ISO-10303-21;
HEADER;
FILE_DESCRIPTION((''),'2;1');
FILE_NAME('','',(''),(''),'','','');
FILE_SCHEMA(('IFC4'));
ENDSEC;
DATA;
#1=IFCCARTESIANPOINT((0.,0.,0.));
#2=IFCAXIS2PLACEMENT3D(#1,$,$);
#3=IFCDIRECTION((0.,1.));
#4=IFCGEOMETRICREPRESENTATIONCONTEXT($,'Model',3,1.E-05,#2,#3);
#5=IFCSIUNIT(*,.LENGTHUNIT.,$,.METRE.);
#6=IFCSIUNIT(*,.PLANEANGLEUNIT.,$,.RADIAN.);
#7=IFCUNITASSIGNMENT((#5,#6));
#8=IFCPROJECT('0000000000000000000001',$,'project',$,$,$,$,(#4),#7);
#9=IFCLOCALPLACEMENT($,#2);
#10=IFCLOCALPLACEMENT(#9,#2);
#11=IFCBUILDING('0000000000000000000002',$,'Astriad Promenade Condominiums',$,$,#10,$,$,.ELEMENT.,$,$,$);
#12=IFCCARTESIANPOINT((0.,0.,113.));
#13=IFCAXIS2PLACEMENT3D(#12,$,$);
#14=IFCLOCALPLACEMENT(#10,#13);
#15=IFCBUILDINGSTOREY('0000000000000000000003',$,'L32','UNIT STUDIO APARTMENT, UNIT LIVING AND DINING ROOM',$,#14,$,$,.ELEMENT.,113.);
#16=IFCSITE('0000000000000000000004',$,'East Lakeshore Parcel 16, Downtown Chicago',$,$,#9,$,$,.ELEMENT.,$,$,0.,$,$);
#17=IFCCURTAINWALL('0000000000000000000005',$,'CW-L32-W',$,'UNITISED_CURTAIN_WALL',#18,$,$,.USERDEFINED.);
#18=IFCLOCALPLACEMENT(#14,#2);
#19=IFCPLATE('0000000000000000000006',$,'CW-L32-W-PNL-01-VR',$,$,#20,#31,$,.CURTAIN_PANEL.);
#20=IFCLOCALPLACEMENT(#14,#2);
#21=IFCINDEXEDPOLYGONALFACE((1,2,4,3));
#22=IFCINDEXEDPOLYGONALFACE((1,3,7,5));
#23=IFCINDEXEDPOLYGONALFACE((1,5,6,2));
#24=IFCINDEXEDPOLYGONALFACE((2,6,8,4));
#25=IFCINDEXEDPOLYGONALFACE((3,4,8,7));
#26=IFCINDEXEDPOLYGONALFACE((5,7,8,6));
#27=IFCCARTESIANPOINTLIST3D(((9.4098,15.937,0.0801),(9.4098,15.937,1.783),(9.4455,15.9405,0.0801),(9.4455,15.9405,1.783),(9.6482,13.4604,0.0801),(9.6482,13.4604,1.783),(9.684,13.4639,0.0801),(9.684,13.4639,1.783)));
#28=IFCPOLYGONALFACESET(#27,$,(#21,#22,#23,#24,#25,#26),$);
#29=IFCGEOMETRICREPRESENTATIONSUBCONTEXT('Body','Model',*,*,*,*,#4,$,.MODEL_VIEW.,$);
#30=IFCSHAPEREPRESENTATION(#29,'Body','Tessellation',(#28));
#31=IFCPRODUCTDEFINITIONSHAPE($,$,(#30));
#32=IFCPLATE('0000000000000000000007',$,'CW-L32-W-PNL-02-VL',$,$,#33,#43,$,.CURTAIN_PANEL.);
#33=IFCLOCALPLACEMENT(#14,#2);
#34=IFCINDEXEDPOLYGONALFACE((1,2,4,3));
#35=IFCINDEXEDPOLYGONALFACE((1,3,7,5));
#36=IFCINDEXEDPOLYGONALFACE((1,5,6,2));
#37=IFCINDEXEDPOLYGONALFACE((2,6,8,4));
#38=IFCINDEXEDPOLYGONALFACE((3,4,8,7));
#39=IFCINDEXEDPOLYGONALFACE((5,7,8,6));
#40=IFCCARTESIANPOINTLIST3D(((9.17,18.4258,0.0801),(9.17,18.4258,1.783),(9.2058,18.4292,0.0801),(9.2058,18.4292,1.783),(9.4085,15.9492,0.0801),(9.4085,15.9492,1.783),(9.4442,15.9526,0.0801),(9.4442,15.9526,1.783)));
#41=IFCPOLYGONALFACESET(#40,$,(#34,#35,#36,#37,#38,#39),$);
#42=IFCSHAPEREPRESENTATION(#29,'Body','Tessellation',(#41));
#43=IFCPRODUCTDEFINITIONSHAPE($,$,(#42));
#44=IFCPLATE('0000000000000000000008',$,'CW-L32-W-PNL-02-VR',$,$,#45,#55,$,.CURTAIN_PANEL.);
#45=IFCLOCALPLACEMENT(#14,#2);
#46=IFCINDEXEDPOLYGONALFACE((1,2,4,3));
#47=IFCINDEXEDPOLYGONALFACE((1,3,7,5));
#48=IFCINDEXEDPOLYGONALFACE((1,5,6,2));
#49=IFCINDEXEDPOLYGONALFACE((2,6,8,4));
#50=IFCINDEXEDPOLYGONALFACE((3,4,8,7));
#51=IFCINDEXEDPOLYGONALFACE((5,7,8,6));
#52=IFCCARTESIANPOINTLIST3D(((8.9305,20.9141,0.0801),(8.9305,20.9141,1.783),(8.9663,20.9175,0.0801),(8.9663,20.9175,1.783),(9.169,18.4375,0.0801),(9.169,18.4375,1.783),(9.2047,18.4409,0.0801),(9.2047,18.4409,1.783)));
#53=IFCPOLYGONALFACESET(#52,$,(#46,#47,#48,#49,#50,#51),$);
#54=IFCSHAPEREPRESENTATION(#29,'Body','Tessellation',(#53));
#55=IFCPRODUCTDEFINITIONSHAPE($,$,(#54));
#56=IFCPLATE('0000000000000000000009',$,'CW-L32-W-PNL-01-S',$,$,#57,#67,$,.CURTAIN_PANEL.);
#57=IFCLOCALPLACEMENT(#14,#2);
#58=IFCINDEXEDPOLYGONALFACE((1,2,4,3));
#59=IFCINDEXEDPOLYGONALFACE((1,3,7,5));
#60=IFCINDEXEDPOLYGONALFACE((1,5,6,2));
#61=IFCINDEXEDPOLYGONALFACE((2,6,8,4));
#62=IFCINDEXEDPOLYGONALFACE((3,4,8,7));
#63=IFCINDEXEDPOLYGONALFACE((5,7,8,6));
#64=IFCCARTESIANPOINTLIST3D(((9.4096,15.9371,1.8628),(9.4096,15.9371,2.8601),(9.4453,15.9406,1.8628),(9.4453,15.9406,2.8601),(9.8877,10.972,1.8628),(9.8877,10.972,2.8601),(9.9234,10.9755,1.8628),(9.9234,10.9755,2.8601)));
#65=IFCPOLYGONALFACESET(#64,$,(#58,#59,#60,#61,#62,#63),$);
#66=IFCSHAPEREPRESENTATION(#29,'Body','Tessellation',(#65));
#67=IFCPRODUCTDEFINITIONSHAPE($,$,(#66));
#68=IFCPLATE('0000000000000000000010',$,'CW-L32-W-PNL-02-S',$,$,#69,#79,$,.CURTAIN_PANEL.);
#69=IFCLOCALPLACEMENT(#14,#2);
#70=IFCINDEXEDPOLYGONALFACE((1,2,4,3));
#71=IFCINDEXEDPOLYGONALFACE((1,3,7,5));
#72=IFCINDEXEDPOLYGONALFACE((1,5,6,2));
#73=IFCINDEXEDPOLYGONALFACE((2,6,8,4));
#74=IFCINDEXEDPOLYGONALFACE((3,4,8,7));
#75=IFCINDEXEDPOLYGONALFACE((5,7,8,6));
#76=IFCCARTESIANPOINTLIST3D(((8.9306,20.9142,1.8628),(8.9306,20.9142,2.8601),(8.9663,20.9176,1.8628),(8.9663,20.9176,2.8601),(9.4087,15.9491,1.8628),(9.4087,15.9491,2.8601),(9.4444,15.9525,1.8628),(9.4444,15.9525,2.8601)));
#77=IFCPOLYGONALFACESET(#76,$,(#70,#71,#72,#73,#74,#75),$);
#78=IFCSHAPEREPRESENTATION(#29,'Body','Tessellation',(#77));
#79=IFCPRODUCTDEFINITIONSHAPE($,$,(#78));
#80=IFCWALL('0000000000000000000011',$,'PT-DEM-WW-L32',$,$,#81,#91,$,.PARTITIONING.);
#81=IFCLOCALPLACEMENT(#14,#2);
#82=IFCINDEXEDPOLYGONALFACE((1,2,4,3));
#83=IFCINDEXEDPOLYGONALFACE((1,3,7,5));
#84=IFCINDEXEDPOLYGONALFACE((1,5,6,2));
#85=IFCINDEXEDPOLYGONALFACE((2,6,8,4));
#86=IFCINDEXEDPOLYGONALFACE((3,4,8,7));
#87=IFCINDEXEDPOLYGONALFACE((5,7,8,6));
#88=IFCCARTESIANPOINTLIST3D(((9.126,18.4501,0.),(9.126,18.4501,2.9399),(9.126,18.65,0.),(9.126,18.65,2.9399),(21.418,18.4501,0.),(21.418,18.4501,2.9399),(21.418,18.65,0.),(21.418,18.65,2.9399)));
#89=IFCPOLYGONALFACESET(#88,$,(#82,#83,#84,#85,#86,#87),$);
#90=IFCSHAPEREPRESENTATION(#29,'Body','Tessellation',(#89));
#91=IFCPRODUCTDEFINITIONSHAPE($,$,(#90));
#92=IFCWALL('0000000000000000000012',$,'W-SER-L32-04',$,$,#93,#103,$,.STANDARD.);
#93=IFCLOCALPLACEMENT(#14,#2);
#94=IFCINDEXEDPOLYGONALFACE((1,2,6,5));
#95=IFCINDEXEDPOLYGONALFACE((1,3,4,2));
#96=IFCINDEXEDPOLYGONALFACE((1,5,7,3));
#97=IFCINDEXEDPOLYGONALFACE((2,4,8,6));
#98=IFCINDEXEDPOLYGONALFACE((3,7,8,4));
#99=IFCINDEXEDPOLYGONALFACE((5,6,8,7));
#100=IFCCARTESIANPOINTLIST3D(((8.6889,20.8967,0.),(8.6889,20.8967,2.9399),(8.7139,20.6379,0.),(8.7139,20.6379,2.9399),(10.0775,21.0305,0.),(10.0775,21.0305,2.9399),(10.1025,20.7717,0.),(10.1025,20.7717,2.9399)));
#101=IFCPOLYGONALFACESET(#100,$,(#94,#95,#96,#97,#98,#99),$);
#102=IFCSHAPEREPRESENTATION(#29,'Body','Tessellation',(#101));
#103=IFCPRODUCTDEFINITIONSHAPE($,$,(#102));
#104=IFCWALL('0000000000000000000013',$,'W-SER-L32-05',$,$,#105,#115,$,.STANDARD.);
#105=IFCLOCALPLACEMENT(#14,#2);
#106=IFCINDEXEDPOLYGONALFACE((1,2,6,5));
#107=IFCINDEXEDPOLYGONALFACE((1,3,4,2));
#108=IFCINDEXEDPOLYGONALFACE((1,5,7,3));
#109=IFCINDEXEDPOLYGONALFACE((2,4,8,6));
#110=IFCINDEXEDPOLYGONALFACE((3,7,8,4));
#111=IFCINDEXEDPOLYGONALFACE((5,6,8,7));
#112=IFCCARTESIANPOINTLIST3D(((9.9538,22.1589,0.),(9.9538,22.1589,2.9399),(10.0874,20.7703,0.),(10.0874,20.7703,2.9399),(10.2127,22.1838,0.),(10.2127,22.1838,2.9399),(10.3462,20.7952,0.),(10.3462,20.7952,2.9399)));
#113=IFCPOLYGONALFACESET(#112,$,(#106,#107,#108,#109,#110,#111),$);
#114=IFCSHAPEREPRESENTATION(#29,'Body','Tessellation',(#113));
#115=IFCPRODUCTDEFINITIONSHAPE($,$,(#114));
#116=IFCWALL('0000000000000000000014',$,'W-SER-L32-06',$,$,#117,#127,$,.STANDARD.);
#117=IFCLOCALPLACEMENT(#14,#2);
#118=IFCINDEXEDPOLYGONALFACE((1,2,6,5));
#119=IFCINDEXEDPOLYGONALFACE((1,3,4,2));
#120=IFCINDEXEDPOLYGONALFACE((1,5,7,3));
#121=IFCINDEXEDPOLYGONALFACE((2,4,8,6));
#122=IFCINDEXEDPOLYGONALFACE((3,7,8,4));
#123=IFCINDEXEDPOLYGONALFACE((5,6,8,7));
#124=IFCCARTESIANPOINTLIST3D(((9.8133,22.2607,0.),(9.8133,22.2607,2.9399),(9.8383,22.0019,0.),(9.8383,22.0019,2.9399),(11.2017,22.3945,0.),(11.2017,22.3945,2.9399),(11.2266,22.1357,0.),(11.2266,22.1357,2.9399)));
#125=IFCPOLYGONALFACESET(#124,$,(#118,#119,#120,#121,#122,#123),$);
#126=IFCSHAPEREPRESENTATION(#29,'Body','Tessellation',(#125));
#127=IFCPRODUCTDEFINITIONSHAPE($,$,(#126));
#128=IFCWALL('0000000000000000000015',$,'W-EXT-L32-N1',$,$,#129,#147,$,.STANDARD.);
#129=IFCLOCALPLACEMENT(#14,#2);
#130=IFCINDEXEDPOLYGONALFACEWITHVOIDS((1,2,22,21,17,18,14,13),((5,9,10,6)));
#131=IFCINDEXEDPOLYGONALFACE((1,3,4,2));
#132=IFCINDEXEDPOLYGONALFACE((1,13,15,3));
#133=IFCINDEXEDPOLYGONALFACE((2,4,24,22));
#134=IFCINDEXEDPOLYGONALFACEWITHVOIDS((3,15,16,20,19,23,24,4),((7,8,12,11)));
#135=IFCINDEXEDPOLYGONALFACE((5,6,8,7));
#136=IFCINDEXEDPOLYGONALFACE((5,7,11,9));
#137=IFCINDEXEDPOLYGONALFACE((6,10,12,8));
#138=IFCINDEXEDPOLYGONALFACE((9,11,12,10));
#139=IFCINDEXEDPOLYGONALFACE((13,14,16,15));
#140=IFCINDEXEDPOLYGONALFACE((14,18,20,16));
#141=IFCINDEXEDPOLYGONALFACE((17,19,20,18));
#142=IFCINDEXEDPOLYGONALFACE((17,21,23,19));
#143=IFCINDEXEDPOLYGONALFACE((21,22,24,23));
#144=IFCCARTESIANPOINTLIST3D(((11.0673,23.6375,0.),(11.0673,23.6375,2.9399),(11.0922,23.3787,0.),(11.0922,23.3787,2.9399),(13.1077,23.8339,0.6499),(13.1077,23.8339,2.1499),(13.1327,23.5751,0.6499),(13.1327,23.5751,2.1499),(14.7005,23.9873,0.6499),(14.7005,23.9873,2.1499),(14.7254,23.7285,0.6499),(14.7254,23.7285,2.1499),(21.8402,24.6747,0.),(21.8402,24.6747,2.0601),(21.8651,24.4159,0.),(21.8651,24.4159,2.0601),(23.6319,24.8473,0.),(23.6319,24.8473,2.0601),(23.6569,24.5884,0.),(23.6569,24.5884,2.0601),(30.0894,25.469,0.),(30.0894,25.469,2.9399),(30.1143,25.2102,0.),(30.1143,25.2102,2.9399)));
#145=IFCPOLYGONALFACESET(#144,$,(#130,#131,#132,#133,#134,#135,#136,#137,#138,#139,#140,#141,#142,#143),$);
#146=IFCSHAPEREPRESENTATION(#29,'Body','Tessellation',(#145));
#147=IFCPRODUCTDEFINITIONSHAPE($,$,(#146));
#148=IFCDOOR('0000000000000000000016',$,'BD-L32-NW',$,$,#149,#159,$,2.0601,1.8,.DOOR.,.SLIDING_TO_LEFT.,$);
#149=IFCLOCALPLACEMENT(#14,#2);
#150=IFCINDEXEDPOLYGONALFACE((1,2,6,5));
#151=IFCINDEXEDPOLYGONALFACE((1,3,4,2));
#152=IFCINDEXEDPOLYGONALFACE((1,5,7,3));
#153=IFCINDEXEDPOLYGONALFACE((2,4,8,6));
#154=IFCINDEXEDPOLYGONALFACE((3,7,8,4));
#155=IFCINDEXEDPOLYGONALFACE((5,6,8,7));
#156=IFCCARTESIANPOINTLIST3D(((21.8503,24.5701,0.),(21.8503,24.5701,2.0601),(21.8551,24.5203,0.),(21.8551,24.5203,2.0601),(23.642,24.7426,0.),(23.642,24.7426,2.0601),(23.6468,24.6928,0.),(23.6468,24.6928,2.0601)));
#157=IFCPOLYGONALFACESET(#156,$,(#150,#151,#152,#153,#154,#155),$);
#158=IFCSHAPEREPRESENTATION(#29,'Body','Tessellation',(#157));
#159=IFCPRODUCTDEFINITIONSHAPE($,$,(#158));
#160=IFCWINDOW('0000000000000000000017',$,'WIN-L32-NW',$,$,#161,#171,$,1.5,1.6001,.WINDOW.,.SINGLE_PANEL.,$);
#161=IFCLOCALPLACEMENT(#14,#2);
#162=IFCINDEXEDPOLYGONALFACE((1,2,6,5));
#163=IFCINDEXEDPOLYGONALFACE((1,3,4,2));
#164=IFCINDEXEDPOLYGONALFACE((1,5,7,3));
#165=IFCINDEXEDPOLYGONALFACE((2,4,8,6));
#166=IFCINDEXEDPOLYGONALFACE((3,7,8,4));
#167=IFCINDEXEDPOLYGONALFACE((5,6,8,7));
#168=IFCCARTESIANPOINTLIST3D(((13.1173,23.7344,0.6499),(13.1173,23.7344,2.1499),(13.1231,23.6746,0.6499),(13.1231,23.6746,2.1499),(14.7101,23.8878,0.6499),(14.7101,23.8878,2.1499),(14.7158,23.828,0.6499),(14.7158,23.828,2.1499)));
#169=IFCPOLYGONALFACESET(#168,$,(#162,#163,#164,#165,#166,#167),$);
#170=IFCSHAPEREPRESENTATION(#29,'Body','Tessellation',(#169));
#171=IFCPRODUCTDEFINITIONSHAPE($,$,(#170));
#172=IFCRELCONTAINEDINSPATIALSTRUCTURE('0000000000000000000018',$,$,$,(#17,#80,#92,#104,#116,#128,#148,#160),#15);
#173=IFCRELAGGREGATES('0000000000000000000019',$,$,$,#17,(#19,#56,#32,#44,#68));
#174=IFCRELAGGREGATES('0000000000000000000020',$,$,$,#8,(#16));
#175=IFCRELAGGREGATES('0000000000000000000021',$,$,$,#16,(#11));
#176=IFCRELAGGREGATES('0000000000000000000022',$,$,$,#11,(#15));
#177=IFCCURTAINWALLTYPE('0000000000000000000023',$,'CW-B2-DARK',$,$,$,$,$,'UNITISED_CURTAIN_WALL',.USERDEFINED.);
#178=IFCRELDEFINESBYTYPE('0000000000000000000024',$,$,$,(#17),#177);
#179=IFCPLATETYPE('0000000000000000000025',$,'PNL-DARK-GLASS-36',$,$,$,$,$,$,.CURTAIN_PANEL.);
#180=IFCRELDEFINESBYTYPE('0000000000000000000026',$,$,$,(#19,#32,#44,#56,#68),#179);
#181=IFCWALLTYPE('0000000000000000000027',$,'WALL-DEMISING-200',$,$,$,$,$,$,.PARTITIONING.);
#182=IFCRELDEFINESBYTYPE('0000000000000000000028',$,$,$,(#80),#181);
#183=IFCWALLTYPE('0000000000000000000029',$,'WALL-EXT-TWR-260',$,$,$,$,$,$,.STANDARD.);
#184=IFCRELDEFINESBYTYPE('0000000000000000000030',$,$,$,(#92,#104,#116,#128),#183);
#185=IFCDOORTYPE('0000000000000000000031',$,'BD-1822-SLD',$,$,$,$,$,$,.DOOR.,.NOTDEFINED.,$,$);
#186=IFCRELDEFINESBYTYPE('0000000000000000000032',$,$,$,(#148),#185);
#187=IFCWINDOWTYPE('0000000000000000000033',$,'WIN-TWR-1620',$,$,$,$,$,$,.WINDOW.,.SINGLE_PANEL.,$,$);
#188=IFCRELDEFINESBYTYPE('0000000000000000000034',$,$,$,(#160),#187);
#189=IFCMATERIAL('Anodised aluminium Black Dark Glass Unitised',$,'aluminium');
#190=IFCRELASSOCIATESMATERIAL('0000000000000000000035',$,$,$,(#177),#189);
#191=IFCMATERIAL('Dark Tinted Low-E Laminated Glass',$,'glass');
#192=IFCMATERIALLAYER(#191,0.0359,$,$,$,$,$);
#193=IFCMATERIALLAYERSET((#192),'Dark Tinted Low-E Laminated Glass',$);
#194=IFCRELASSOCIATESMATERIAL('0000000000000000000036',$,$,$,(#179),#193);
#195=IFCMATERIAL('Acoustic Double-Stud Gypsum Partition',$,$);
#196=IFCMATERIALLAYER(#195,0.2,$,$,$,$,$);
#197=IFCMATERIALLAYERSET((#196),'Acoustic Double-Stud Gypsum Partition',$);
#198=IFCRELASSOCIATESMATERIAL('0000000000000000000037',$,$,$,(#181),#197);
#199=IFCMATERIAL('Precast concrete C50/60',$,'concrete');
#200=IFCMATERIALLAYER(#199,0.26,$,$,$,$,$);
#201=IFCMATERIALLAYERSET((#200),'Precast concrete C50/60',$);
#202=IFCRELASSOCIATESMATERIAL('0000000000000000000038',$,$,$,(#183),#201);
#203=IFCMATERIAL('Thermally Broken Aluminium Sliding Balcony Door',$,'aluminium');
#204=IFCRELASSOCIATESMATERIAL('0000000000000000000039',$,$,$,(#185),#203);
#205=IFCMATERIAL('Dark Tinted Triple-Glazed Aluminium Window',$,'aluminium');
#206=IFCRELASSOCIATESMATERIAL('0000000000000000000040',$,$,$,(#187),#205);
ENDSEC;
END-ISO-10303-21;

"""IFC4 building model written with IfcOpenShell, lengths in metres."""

from ifc_helpers import new_model, si_unit, direction, frame, frame_2d, origin, origin_2d, place, context, subcontext, project, spatial, rectangle, extrude, source, transform, mapped, material, layer, layer_set, type_object, type_shapes, element, fill, aggregate, save


model = new_model("IFC4")

# Units and contexts
model_context = context("Model", 3, precision=1e-05, world=origin(), true_north=direction((0.0, 1.0)))
body_context = subcontext(model_context, "Body", "Model", "MODEL_VIEW")
ifc_project = project(units=[si_unit("LENGTHUNIT", "METRE"), si_unit("PLANEANGLEUNIT", "RADIAN")], contexts=[model_context])

# Site, building, storey
site_placement = place(None, origin())
site = spatial("IfcSite", under=ifc_project, at=site_placement, Name="East Lakeshore Parcel 16, Downtown Chicago", CompositionType="ELEMENT", RefElevation=0.0)
building_placement = place(site_placement, origin())
building = spatial("IfcBuilding", under=site, at=building_placement, Name="Astriad Promenade Condominiums", CompositionType="ELEMENT")
storey_placement = place(building_placement, frame((0.0, 0.0, 113.0)))
storey = spatial("IfcBuildingStorey", under=building, at=storey_placement, Name="L32", Description="UNIT STUDIO APARTMENT, UNIT LIVING AND DINING ROOM", CompositionType="ELEMENT", Elevation=113.0)

# Curtain wall, plates
ifc_material_1 = material(Name="Anodised aluminium Black Dark Glass Unitised", Category="aluminium")
curtain_wall_type = type_object("IfcCurtainWallType", Name="CW-B2-DARK", ElementType="UNITISED_CURTAIN_WALL", PredefinedType="USERDEFINED", material=ifc_material_1)
curtain_wall_placement = place(storey_placement, origin())
curtain_wall = element("IfcCurtainWall", 1, at=curtain_wall_placement, inside=storey, type_object=curtain_wall_type, Name="CW-L32-W", ObjectType="UNITISED_CURTAIN_WALL", PredefinedType="USERDEFINED")
ifc_material_2 = material(Name="Dark Tinted Low-E Laminated Glass", Category="glass")
ifc_layer_1 = layer(ifc_material_2, 0.0359)
ifc_layer_set_1 = layer_set([ifc_layer_1], Name="Dark Tinted Low-E Laminated Glass")
plate_type = type_object("IfcPlateType", Name="PNL-DARK-GLASS-36", PredefinedType="CURTAIN_PANEL", material=ifc_layer_set_1)
shared_shape_1 = source(origin(), body_context, "Body", "SweptSolid", [
    extrude(rectangle(XDim=2.488, YDim=0.0359, at=origin_2d()), origin(), (0.0, 0.0, 1.0), 1.7029),
])
plate_1_placement = place(storey_placement, frame((9.5469, 14.7004, 0.0801), z_axis=(0.0, 0.0, 1.0), x_axis=(-0.095846, 0.995396, 0.0)))
plate_1 = element("IfcPlate", 2, at=plate_1_placement, type_object=plate_type, Name="CW-L32-W-PNL-01-VR", PredefinedType="CURTAIN_PANEL", context=body_context, shape_type="MappedRepresentation", body=[
    mapped(shared_shape_1, transform((0.0, 0.0, 0.0), scale=1.0)),
])
plate_2_placement = place(storey_placement, frame((9.3071, 17.1892, 0.0801), z_axis=(0.0, 0.0, 1.0), x_axis=(-0.095846, 0.995396, 0.0)))
plate_2 = element("IfcPlate", 3, at=plate_2_placement, type_object=plate_type, Name="CW-L32-W-PNL-02-VL", PredefinedType="CURTAIN_PANEL", context=body_context, shape_type="MappedRepresentation", body=[
    mapped(shared_shape_1, transform((0.0, 0.0, 0.0), scale=1.0)),
])
plate_3_placement = place(storey_placement, frame((9.0676, 19.6775, 0.0801), z_axis=(0.0, 0.0, 1.0), x_axis=(-0.095846, 0.995396, 0.0)))
plate_3 = element("IfcPlate", 4, at=plate_3_placement, type_object=plate_type, Name="CW-L32-W-PNL-02-VR", PredefinedType="CURTAIN_PANEL", context=body_context, shape_type="MappedRepresentation", body=[
    mapped(shared_shape_1, transform((0.0, 0.0, 0.0), scale=1.0)),
])
shared_shape_2 = source(origin(), body_context, "Body", "SweptSolid", [
    extrude(rectangle(XDim=4.988, YDim=0.0359, at=origin_2d()), origin(), (0.0, 0.0, 1.0), 0.9973),
])
type_shapes(plate_type, [shared_shape_1, shared_shape_2])
plate_4_placement = place(storey_placement, frame((9.6665, 13.4563, 1.8628), z_axis=(0.0, 0.0, 1.0), x_axis=(-0.095846, 0.995396, 0.0)))
plate_4 = element("IfcPlate", 5, at=plate_4_placement, type_object=plate_type, Name="CW-L32-W-PNL-01-S", PredefinedType="CURTAIN_PANEL", context=body_context, shape_type="MappedRepresentation", body=[
    mapped(shared_shape_2, transform((0.0, 0.0, 0.0), scale=1.0)),
])
plate_5_placement = place(storey_placement, frame((9.1875, 18.4333, 1.8628), z_axis=(0.0, 0.0, 1.0), x_axis=(-0.095846, 0.995396, 0.0)))
plate_5 = element("IfcPlate", 6, at=plate_5_placement, type_object=plate_type, Name="CW-L32-W-PNL-02-S", PredefinedType="CURTAIN_PANEL", context=body_context, shape_type="MappedRepresentation", body=[
    mapped(shared_shape_2, transform((0.0, 0.0, 0.0), scale=1.0)),
])
aggregate(curtain_wall, [plate_1, plate_4, plate_2, plate_3, plate_5])

# Walls
ifc_material_3 = material(Name="Acoustic Double-Stud Gypsum Partition")
ifc_layer_2 = layer(ifc_material_3, 0.2)
ifc_layer_set_2 = layer_set([ifc_layer_2], Name="Acoustic Double-Stud Gypsum Partition")
wall_type_1 = type_object("IfcWallType", Name="WALL-DEMISING-200", PredefinedType="PARTITIONING", material=ifc_layer_set_2)
wall_1_placement = place(storey_placement, frame((9.126, 18.55, 0.0), z_axis=(0.0, 0.0, 1.0), x_axis=(1.0, 0.0, 0.0)))
element("IfcWall", 7, at=wall_1_placement, inside=storey, type_object=wall_type_1, Name="PT-DEM-WW-L32", PredefinedType="PARTITIONING", context=body_context, shape_type="SweptSolid", body=[
    extrude(rectangle(XDim=12.292, YDim=0.2, at=frame_2d((6.146, 0.0))), origin(), (0.0, 0.0, 1.0), 2.9399),
])
ifc_material_4 = material(Name="Precast concrete C50/60", Category="concrete")
ifc_layer_3 = layer(ifc_material_4, 0.26)
ifc_layer_set_3 = layer_set([ifc_layer_3], Name="Precast concrete C50/60")
wall_type_2 = type_object("IfcWallType", Name="WALL-EXT-TWR-260", PredefinedType="STANDARD", material=ifc_layer_set_3)
for number, where, z_axis, x_axis, name in (
    (8, (8.7014, 20.7673, 0.0), (0.0, 0.0, 1.0), (0.995391, 0.095899, 0.0), "W-SER-L32-04"),
    (9, (10.2168, 20.7827, 0.0), (0.0, 0.0, 1.0), (-0.095726, 0.995408, 0.0), "W-SER-L32-05"),
):
    element("IfcWall", number, at=place(storey_placement, frame(where, z_axis=z_axis, x_axis=x_axis)), inside=storey, type_object=wall_type_2, Name=name, PredefinedType="STANDARD", context=body_context, shape_type="SweptSolid", body=[
        extrude(rectangle(XDim=1.395, YDim=0.26, at=frame_2d((0.6975, 0.0))), origin(), (0.0, 0.0, 1.0), 2.9399),
    ])
wall_2_placement = place(storey_placement, frame((9.8259, 22.1313, 0.0), z_axis=(0.0, 0.0, 1.0), x_axis=(0.995389, 0.095916, 0.0)))
element("IfcWall", 10, at=wall_2_placement, inside=storey, type_object=wall_type_2, Name="W-SER-L32-06", PredefinedType="STANDARD", context=body_context, shape_type="SweptSolid", body=[
    extrude(rectangle(XDim=1.3948, YDim=0.26, at=frame_2d((0.6973, 0.0))), origin(), (0.0, 0.0, 1.0), 2.9399),
])

# Wall, openings, door, window
wall_3_placement = place(storey_placement, frame((11.0796, 23.5081, 0.0), z_axis=(0.0, 0.0, 1.0), x_axis=(0.995397, 0.095841, 0.0)))
wall_3 = element("IfcWall", 11, at=wall_3_placement, inside=storey, type_object=wall_type_2, Name="W-EXT-L32-N1", PredefinedType="STANDARD", context=body_context, shape_type="SweptSolid", body=[
    extrude(rectangle(XDim=19.1101, YDim=0.26, at=frame_2d((9.5552, 0.0))), origin(), (0.0, 0.0, 1.0), 2.9399),
])
opening_1_placement = place(wall_3_placement, frame((10.823, 0.0, 0.0)))
opening_1 = element("IfcOpeningElement", 12, at=opening_1_placement, cuts=wall_3, PredefinedType="OPENING", context=body_context, shape_type="SweptSolid", body=[
    extrude(rectangle(XDim=1.8, YDim=2.0601, at=frame_2d((0.8999, 1.03))), frame((0.0, 0.1399, 0.0), z_axis=(0.0, -1.0, 0.0), x_axis=(1.0, 0.0, 0.0)), (0.0, 0.0, 1.0), 0.28),
])
opening_2_placement = place(wall_3_placement, frame((2.05, 0.0, 0.6499)))
opening_2 = element("IfcOpeningElement", 13, at=opening_2_placement, cuts=wall_3, PredefinedType="OPENING", context=body_context, shape_type="SweptSolid", body=[
    extrude(rectangle(XDim=1.6001, YDim=1.5, at=frame_2d((0.8, 0.75))), frame((0.0, 0.1399, 0.0), z_axis=(0.0, -1.0, 0.0), x_axis=(1.0, 0.0, 0.0)), (0.0, 0.0, 1.0), 0.28),
])
ifc_material_5 = material(Name="Thermally Broken Aluminium Sliding Balcony Door", Category="aluminium")
door_type = type_object("IfcDoorType", Name="BD-1822-SLD", OperationType="NOTDEFINED", PredefinedType="DOOR", material=ifc_material_5)
shared_shape_3 = source(origin(), body_context, "Body", "SweptSolid", [
    extrude(rectangle(XDim=1.8, YDim=2.0601, at=frame_2d((0.8999, 1.03))), frame((0.0, 0.0249, 0.0), z_axis=(0.0, -1.0, 0.0), x_axis=(1.0, 0.0, 0.0)), (0.0, 0.0, 1.0), 0.05),
])
type_shapes(door_type, [shared_shape_3])
door_placement = place(opening_1_placement, origin())
door = element("IfcDoor", 14, at=door_placement, inside=storey, type_object=door_type, Name="BD-L32-NW", OperationType="SLIDING_TO_LEFT", OverallHeight=2.0601, OverallWidth=1.8, PredefinedType="DOOR", context=body_context, shape_type="MappedRepresentation", body=[
    mapped(shared_shape_3, transform((0.0, 0.0, 0.0), scale=1.0)),
])
fill(opening_1, door)
ifc_material_6 = material(Name="Dark Tinted Triple-Glazed Aluminium Window", Category="aluminium")
window_type = type_object("IfcWindowType", Name="WIN-TWR-1620", PartitioningType="SINGLE_PANEL", PredefinedType="WINDOW", material=ifc_material_6)
shared_shape_4 = source(origin(), body_context, "Body", "SweptSolid", [
    extrude(rectangle(XDim=1.6001, YDim=1.5, at=frame_2d((0.8, 0.75))), frame((0.0, 0.03, 0.0), z_axis=(0.0, -1.0, 0.0), x_axis=(1.0, 0.0, 0.0)), (0.0, 0.0, 1.0), 0.0601),
])
type_shapes(window_type, [shared_shape_4])
window_placement = place(opening_2_placement, origin())
window = element("IfcWindow", 15, at=window_placement, inside=storey, type_object=window_type, Name="WIN-L32-NW", OverallHeight=1.5, OverallWidth=1.6001, PartitioningType="SINGLE_PANEL", PredefinedType="WINDOW", context=body_context, shape_type="MappedRepresentation", body=[
    mapped(shared_shape_4, transform((0.0, 0.0, 0.0), scale=1.0)),
])
fill(opening_2, window)

save(model, "model.ifc")
